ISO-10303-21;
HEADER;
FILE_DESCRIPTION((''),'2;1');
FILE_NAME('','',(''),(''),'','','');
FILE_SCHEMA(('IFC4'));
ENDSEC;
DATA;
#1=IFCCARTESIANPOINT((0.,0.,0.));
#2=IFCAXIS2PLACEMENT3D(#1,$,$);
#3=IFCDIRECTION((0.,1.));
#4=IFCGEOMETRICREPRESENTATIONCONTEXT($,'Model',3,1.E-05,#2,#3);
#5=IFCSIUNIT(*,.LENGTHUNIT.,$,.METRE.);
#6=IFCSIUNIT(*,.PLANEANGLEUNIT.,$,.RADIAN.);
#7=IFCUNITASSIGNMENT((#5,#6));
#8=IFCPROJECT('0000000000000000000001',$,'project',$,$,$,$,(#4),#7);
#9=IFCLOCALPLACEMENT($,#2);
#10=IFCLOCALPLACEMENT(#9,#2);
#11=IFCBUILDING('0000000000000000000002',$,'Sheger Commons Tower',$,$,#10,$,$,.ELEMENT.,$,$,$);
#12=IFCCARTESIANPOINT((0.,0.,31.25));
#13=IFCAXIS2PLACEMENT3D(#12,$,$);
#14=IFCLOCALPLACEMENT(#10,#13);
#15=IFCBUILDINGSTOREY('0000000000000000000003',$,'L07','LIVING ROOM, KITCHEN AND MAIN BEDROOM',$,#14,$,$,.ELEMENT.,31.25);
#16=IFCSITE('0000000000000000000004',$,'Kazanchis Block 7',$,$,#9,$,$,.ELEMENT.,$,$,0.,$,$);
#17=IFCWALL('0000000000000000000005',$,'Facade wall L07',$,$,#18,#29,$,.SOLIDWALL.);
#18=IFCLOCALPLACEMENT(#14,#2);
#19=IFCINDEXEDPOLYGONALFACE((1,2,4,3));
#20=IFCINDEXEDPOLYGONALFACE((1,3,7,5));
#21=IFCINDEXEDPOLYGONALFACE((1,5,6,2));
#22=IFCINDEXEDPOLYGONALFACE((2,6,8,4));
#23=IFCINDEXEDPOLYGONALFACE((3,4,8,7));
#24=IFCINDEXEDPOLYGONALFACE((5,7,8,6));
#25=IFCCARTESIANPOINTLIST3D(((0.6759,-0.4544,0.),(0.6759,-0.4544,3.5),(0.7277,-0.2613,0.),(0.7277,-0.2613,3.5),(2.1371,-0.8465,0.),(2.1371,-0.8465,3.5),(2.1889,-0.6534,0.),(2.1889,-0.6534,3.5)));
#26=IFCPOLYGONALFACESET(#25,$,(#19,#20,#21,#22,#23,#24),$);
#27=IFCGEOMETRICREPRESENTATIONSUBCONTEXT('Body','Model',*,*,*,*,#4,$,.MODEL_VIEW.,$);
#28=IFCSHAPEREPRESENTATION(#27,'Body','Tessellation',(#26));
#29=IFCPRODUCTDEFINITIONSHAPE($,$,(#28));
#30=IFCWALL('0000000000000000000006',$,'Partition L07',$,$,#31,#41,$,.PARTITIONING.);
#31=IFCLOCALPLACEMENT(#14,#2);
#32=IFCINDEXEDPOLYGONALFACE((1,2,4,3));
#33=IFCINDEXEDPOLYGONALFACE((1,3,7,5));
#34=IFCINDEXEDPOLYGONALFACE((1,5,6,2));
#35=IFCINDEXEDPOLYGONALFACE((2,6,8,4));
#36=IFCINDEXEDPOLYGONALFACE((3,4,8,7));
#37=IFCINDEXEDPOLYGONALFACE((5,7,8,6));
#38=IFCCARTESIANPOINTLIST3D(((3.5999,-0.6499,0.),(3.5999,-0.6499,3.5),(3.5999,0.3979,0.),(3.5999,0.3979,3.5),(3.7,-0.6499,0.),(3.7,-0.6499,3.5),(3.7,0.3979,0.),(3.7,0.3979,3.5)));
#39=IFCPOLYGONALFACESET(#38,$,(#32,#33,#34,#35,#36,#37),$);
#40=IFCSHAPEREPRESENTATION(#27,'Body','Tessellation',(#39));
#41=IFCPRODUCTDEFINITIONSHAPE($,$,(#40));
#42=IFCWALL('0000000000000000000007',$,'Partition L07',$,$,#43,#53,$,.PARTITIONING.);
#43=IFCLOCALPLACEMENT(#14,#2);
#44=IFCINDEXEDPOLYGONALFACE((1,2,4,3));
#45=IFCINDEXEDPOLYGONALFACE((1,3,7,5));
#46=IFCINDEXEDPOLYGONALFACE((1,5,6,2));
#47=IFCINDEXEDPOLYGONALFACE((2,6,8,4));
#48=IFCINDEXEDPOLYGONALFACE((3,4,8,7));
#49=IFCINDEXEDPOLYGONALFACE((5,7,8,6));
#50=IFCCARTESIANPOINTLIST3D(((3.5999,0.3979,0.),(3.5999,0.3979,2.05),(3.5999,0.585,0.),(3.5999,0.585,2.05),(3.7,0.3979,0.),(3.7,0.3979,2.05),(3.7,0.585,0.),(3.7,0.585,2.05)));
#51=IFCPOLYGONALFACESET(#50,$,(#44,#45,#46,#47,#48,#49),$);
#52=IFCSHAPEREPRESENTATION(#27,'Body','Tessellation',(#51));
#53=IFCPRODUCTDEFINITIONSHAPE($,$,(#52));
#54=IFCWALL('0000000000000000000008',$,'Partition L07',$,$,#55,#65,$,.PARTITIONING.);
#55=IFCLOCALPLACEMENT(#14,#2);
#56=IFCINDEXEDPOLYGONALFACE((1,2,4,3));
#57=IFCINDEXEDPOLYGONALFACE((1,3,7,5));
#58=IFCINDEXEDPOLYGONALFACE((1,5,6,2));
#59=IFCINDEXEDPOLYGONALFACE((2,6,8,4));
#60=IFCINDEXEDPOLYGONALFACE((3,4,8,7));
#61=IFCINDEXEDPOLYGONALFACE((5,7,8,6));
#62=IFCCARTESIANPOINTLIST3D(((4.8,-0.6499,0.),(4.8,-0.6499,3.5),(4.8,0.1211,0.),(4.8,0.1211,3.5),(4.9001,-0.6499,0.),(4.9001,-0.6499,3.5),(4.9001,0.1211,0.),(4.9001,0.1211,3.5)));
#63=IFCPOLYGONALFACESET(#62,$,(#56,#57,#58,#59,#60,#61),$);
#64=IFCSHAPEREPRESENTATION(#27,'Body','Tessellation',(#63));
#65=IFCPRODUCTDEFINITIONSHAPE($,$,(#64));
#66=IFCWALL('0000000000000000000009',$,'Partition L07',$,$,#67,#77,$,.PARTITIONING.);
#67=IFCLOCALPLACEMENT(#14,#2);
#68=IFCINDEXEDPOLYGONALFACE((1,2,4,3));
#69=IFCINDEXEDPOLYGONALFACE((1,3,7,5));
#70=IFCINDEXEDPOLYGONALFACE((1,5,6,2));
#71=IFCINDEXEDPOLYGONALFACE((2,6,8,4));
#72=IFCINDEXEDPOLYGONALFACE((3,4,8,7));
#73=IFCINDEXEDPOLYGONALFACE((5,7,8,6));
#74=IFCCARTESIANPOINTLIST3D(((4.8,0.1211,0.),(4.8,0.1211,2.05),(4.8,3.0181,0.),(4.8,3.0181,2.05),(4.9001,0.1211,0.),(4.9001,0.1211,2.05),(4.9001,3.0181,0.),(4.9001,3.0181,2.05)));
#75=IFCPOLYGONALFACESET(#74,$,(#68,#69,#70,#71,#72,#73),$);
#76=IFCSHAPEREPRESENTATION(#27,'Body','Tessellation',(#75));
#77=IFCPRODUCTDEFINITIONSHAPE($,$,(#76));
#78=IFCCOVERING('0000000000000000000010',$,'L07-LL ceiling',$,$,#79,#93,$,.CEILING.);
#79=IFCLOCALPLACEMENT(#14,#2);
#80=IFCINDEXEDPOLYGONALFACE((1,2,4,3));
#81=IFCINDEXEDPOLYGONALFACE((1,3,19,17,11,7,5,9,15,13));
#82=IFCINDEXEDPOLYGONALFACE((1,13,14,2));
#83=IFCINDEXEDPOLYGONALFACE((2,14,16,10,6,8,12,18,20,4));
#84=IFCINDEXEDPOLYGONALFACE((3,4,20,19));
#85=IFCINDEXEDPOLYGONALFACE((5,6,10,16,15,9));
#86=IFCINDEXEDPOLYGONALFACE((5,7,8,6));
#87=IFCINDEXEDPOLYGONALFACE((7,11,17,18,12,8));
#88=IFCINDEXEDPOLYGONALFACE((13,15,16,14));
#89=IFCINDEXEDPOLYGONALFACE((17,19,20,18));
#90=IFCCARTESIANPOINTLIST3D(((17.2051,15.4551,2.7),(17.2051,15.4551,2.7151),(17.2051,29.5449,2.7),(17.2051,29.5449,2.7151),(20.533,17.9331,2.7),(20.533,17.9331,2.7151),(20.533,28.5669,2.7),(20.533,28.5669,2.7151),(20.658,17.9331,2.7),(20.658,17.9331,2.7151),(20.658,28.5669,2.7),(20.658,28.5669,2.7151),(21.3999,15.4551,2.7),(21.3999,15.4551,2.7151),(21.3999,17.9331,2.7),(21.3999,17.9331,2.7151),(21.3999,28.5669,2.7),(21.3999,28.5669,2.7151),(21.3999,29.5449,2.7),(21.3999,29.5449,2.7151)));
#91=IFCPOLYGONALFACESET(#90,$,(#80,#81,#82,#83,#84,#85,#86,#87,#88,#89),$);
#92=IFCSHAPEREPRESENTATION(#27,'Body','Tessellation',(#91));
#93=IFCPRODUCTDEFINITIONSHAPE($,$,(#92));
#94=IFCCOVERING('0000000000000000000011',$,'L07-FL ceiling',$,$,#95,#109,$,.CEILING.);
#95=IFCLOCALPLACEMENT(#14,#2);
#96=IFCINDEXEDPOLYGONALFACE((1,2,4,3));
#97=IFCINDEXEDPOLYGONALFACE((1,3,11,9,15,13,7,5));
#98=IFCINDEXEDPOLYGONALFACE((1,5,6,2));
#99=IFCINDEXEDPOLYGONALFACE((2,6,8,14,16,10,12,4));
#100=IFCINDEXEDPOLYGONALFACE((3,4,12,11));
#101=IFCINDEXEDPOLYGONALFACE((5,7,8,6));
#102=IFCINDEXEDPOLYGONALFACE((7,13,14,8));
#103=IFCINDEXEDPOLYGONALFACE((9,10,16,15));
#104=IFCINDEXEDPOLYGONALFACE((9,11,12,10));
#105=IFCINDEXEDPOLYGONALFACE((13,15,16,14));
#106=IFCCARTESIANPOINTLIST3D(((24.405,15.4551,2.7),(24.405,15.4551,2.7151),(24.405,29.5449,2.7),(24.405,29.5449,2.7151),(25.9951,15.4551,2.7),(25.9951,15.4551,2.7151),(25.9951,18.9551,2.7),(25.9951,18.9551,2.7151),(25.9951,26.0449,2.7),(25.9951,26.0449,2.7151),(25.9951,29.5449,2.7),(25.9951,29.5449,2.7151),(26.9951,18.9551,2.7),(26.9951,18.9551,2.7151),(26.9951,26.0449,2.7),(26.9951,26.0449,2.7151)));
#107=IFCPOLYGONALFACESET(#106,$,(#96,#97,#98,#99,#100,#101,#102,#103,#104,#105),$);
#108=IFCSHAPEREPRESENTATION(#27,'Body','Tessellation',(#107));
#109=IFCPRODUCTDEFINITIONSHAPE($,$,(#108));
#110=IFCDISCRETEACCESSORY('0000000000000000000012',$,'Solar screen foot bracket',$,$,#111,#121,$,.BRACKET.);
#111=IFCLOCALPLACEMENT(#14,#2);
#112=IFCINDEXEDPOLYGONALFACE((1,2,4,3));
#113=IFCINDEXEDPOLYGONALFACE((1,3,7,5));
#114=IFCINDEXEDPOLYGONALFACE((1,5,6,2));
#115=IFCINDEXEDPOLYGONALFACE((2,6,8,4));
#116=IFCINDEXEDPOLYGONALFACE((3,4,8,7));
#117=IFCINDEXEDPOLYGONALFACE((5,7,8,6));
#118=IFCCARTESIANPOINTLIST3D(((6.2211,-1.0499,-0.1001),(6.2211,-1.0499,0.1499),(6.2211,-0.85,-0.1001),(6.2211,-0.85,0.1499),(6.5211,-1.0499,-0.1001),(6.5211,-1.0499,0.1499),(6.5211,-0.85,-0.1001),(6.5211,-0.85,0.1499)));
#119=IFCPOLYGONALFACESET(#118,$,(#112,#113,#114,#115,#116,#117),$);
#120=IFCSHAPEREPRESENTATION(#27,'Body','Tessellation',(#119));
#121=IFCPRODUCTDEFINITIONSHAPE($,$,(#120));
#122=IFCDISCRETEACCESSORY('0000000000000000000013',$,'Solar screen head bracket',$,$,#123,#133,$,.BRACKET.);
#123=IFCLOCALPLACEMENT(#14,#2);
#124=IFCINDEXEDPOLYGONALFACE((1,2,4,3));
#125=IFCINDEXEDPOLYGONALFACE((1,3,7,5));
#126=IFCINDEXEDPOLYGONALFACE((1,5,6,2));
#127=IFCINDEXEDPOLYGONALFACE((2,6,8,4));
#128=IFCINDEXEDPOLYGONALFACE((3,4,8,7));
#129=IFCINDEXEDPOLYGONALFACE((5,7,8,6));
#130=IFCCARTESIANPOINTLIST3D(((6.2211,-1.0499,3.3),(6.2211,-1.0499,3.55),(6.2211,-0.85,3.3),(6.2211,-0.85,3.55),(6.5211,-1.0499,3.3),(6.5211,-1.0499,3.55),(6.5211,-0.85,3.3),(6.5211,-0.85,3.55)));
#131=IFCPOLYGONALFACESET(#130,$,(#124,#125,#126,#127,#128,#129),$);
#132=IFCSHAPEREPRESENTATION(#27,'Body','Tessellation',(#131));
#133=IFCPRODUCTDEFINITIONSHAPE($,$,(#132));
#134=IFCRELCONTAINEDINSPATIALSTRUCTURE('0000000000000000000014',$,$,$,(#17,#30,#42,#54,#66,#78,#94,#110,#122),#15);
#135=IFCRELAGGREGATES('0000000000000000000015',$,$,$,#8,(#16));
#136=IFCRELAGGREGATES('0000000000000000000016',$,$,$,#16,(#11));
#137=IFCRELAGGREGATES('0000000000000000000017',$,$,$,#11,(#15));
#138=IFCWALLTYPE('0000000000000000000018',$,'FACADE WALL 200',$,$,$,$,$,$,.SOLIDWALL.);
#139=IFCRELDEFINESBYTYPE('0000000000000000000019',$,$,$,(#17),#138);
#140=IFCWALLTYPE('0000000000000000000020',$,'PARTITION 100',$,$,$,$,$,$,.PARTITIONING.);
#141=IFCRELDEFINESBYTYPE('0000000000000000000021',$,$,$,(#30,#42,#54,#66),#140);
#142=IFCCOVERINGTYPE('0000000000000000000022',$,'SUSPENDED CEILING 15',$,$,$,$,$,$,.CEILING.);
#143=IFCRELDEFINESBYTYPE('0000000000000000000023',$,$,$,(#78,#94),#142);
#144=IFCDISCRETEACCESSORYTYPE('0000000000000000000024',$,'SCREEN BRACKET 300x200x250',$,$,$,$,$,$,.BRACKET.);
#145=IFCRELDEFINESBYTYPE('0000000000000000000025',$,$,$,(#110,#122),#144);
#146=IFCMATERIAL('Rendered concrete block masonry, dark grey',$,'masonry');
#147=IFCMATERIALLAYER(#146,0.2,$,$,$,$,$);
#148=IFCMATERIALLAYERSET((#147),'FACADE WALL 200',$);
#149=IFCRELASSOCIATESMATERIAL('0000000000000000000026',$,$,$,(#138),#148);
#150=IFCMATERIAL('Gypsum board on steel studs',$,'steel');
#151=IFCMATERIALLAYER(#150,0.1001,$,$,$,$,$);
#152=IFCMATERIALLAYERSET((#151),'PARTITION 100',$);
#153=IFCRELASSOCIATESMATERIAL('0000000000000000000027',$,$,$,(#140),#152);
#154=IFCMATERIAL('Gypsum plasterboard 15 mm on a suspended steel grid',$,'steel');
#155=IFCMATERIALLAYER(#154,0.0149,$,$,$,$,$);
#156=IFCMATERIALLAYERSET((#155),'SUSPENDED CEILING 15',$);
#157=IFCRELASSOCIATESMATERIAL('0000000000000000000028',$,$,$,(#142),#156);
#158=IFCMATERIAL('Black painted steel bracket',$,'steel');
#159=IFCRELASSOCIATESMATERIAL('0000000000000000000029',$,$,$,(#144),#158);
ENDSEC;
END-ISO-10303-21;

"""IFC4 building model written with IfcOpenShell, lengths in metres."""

from ifc_helpers import new_model, si_unit, direction, frame, frame_2d, origin, origin_2d, place, context, subcontext, project, spatial, polyline, rectangle, outline, extrude, material, layer, layer_set, type_object, element, save


model = new_model("IFC4")

# Units and contexts
model_context = context("Model", 3, precision=1e-05, world=origin(), true_north=direction((0.0, 1.0)))
body_context = subcontext(model_context, "Body", "Model", "MODEL_VIEW")
ifc_project = project(units=[si_unit("LENGTHUNIT", "METRE"), si_unit("PLANEANGLEUNIT", "RADIAN")], contexts=[model_context])

# Site, building, storey
site_placement = place(None, origin())
site = spatial("IfcSite", under=ifc_project, at=site_placement, Name="Kazanchis Block 7", CompositionType="ELEMENT", RefElevation=0.0)
building_placement = place(site_placement, origin())
building = spatial("IfcBuilding", under=site, at=building_placement, Name="Sheger Commons Tower", CompositionType="ELEMENT")
storey_placement = place(building_placement, frame((0.0, 0.0, 31.25)))
storey = spatial("IfcBuildingStorey", under=building, at=storey_placement, Name="L07", Description="LIVING ROOM, KITCHEN AND MAIN BEDROOM", CompositionType="ELEMENT", Elevation=31.25)

# Shared definitions
ifc_material_1 = material(Name="Rendered concrete block masonry, dark grey", Category="masonry")
ifc_layer_1 = layer(ifc_material_1, 0.2)
ifc_layer_set_1 = layer_set([ifc_layer_1], Name="FACADE WALL 200")
wall_type_1 = type_object("IfcWallType", Name="FACADE WALL 200", PredefinedType="SOLIDWALL", material=ifc_layer_set_1)

# Walls
wall_1_placement = place(storey_placement, frame((0.7019, -0.3579, 0.0), z_axis=(0.0, 0.0, 1.0), x_axis=(0.965832, -0.259169, 0.0)))
element("IfcWall", 1, at=wall_1_placement, inside=storey, type_object=wall_type_1, Name="Facade wall L07", PredefinedType="SOLIDWALL", context=body_context, shape_type="SweptSolid", body=[
    extrude(rectangle(XDim=1.5129, YDim=0.2, at=frame_2d((0.7563, 0.0))), origin(), (0.0, 0.0, 1.0), 3.5),
])
ifc_material_2 = material(Name="Gypsum board on steel studs", Category="steel")
ifc_layer_2 = layer(ifc_material_2, 0.1001)
ifc_layer_set_2 = layer_set([ifc_layer_2], Name="PARTITION 100")
wall_type_2 = type_object("IfcWallType", Name="PARTITION 100", PredefinedType="PARTITIONING", material=ifc_layer_set_2)
wall_2_placement = place(storey_placement, frame((3.6499, -0.6499, 0.0), z_axis=(0.0, 0.0, 1.0), x_axis=(0.0, 1.0, 0.0)))
element("IfcWall", 2, at=wall_2_placement, inside=storey, type_object=wall_type_2, Name="Partition L07", PredefinedType="PARTITIONING", context=body_context, shape_type="SweptSolid", body=[
    extrude(rectangle(XDim=1.0479, YDim=0.1001, at=frame_2d((0.5239, 0.0))), origin(), (0.0, 0.0, 1.0), 3.5),
])
wall_3_placement = place(storey_placement, frame((3.6499, 0.3979, 0.0), z_axis=(0.0, 0.0, 1.0), x_axis=(0.0, 1.0, 0.0)))
element("IfcWall", 3, at=wall_3_placement, inside=storey, type_object=wall_type_2, Name="Partition L07", PredefinedType="PARTITIONING", context=body_context, shape_type="SweptSolid", body=[
    extrude(rectangle(XDim=0.187, YDim=0.1001, at=frame_2d((0.0935, 0.0))), origin(), (0.0, 0.0, 1.0), 2.05),
])
wall_4_placement = place(storey_placement, frame((4.8501, -0.6499, 0.0), z_axis=(0.0, 0.0, 1.0), x_axis=(0.0, 1.0, 0.0)))
element("IfcWall", 4, at=wall_4_placement, inside=storey, type_object=wall_type_2, Name="Partition L07", PredefinedType="PARTITIONING", context=body_context, shape_type="SweptSolid", body=[
    extrude(rectangle(XDim=0.771, YDim=0.1001, at=frame_2d((0.3855, 0.0))), origin(), (0.0, 0.0, 1.0), 3.5),
])
wall_5_placement = place(storey_placement, frame((4.8501, 0.1211, 0.0), z_axis=(0.0, 0.0, 1.0), x_axis=(0.0, 1.0, 0.0)))
element("IfcWall", 5, at=wall_5_placement, inside=storey, type_object=wall_type_2, Name="Partition L07", PredefinedType="PARTITIONING", context=body_context, shape_type="SweptSolid", body=[
    extrude(rectangle(XDim=2.897, YDim=0.1001, at=frame_2d((1.4485, 0.0))), origin(), (0.0, 0.0, 1.0), 2.05),
])

# Coverings
ifc_material_3 = material(Name="Gypsum plasterboard 15 mm on a suspended steel grid", Category="steel")
ifc_layer_3 = layer(ifc_material_3, 0.0149)
ifc_layer_set_3 = layer_set([ifc_layer_3], Name="SUSPENDED CEILING 15")
covering_type = type_object("IfcCoveringType", Name="SUSPENDED CEILING 15", PredefinedType="CEILING", material=ifc_layer_set_3)
covering_1_placement = place(storey_placement, frame((0.0, 0.0, 2.7)))
element("IfcCovering", 6, at=covering_1_placement, inside=storey, type_object=covering_type, Name="L07-LL ceiling", PredefinedType="CEILING", context=body_context, shape_type="SweptSolid", body=[
    extrude(outline(polyline([(17.2051, 15.4551), (21.3999, 15.4551), (21.3999, 17.9331), (20.658, 17.9331), (20.533, 17.9331), (20.533, 28.5669), (20.658, 28.5669), (21.3999, 28.5669), (21.3999, 29.5449), (17.2051, 29.5449), (17.2051, 15.4551)])), origin(), (0.0, 0.0, 1.0), 0.0151),
])
covering_2_placement = place(storey_placement, frame((0.0, 0.0, 2.7)))
element("IfcCovering", 7, at=covering_2_placement, inside=storey, type_object=covering_type, Name="L07-FL ceiling", PredefinedType="CEILING", context=body_context, shape_type="SweptSolid", body=[
    extrude(outline(polyline([(24.405, 15.4551), (25.9951, 15.4551), (25.9951, 18.9551), (26.9951, 18.9551), (26.9951, 26.0449), (25.9951, 26.0449), (25.9951, 29.5449), (24.405, 29.5449), (24.405, 15.4551)])), origin(), (0.0, 0.0, 1.0), 0.0151),
])

# Discrete accessories
ifc_material_4 = material(Name="Black painted steel bracket", Category="steel")
discrete_accessory_type = type_object("IfcDiscreteAccessoryType", Name="SCREEN BRACKET 300x200x250", PredefinedType="BRACKET", material=ifc_material_4)
for number, where, z_axis, x_axis, name in (
    (8, (6.3711, -0.95, -0.1001), (0.0, 0.0, 1.0), (1.0, 0.0, 0.0), "Solar screen foot bracket"),
    (9, (6.3711, -0.95, 3.3), (0.0, 0.0, 1.0), (1.0, 0.0, 0.0), "Solar screen head bracket"),
):
    element("IfcDiscreteAccessory", number, at=place(storey_placement, frame(where, z_axis=z_axis, x_axis=x_axis)), inside=storey, type_object=discrete_accessory_type, Name=name, PredefinedType="BRACKET", context=body_context, shape_type="SweptSolid", body=[
        extrude(rectangle(XDim=0.3, YDim=0.2, at=origin_2d()), origin(), (0.0, 0.0, 1.0), 0.25),
    ])

save(model, "model.ifc")
